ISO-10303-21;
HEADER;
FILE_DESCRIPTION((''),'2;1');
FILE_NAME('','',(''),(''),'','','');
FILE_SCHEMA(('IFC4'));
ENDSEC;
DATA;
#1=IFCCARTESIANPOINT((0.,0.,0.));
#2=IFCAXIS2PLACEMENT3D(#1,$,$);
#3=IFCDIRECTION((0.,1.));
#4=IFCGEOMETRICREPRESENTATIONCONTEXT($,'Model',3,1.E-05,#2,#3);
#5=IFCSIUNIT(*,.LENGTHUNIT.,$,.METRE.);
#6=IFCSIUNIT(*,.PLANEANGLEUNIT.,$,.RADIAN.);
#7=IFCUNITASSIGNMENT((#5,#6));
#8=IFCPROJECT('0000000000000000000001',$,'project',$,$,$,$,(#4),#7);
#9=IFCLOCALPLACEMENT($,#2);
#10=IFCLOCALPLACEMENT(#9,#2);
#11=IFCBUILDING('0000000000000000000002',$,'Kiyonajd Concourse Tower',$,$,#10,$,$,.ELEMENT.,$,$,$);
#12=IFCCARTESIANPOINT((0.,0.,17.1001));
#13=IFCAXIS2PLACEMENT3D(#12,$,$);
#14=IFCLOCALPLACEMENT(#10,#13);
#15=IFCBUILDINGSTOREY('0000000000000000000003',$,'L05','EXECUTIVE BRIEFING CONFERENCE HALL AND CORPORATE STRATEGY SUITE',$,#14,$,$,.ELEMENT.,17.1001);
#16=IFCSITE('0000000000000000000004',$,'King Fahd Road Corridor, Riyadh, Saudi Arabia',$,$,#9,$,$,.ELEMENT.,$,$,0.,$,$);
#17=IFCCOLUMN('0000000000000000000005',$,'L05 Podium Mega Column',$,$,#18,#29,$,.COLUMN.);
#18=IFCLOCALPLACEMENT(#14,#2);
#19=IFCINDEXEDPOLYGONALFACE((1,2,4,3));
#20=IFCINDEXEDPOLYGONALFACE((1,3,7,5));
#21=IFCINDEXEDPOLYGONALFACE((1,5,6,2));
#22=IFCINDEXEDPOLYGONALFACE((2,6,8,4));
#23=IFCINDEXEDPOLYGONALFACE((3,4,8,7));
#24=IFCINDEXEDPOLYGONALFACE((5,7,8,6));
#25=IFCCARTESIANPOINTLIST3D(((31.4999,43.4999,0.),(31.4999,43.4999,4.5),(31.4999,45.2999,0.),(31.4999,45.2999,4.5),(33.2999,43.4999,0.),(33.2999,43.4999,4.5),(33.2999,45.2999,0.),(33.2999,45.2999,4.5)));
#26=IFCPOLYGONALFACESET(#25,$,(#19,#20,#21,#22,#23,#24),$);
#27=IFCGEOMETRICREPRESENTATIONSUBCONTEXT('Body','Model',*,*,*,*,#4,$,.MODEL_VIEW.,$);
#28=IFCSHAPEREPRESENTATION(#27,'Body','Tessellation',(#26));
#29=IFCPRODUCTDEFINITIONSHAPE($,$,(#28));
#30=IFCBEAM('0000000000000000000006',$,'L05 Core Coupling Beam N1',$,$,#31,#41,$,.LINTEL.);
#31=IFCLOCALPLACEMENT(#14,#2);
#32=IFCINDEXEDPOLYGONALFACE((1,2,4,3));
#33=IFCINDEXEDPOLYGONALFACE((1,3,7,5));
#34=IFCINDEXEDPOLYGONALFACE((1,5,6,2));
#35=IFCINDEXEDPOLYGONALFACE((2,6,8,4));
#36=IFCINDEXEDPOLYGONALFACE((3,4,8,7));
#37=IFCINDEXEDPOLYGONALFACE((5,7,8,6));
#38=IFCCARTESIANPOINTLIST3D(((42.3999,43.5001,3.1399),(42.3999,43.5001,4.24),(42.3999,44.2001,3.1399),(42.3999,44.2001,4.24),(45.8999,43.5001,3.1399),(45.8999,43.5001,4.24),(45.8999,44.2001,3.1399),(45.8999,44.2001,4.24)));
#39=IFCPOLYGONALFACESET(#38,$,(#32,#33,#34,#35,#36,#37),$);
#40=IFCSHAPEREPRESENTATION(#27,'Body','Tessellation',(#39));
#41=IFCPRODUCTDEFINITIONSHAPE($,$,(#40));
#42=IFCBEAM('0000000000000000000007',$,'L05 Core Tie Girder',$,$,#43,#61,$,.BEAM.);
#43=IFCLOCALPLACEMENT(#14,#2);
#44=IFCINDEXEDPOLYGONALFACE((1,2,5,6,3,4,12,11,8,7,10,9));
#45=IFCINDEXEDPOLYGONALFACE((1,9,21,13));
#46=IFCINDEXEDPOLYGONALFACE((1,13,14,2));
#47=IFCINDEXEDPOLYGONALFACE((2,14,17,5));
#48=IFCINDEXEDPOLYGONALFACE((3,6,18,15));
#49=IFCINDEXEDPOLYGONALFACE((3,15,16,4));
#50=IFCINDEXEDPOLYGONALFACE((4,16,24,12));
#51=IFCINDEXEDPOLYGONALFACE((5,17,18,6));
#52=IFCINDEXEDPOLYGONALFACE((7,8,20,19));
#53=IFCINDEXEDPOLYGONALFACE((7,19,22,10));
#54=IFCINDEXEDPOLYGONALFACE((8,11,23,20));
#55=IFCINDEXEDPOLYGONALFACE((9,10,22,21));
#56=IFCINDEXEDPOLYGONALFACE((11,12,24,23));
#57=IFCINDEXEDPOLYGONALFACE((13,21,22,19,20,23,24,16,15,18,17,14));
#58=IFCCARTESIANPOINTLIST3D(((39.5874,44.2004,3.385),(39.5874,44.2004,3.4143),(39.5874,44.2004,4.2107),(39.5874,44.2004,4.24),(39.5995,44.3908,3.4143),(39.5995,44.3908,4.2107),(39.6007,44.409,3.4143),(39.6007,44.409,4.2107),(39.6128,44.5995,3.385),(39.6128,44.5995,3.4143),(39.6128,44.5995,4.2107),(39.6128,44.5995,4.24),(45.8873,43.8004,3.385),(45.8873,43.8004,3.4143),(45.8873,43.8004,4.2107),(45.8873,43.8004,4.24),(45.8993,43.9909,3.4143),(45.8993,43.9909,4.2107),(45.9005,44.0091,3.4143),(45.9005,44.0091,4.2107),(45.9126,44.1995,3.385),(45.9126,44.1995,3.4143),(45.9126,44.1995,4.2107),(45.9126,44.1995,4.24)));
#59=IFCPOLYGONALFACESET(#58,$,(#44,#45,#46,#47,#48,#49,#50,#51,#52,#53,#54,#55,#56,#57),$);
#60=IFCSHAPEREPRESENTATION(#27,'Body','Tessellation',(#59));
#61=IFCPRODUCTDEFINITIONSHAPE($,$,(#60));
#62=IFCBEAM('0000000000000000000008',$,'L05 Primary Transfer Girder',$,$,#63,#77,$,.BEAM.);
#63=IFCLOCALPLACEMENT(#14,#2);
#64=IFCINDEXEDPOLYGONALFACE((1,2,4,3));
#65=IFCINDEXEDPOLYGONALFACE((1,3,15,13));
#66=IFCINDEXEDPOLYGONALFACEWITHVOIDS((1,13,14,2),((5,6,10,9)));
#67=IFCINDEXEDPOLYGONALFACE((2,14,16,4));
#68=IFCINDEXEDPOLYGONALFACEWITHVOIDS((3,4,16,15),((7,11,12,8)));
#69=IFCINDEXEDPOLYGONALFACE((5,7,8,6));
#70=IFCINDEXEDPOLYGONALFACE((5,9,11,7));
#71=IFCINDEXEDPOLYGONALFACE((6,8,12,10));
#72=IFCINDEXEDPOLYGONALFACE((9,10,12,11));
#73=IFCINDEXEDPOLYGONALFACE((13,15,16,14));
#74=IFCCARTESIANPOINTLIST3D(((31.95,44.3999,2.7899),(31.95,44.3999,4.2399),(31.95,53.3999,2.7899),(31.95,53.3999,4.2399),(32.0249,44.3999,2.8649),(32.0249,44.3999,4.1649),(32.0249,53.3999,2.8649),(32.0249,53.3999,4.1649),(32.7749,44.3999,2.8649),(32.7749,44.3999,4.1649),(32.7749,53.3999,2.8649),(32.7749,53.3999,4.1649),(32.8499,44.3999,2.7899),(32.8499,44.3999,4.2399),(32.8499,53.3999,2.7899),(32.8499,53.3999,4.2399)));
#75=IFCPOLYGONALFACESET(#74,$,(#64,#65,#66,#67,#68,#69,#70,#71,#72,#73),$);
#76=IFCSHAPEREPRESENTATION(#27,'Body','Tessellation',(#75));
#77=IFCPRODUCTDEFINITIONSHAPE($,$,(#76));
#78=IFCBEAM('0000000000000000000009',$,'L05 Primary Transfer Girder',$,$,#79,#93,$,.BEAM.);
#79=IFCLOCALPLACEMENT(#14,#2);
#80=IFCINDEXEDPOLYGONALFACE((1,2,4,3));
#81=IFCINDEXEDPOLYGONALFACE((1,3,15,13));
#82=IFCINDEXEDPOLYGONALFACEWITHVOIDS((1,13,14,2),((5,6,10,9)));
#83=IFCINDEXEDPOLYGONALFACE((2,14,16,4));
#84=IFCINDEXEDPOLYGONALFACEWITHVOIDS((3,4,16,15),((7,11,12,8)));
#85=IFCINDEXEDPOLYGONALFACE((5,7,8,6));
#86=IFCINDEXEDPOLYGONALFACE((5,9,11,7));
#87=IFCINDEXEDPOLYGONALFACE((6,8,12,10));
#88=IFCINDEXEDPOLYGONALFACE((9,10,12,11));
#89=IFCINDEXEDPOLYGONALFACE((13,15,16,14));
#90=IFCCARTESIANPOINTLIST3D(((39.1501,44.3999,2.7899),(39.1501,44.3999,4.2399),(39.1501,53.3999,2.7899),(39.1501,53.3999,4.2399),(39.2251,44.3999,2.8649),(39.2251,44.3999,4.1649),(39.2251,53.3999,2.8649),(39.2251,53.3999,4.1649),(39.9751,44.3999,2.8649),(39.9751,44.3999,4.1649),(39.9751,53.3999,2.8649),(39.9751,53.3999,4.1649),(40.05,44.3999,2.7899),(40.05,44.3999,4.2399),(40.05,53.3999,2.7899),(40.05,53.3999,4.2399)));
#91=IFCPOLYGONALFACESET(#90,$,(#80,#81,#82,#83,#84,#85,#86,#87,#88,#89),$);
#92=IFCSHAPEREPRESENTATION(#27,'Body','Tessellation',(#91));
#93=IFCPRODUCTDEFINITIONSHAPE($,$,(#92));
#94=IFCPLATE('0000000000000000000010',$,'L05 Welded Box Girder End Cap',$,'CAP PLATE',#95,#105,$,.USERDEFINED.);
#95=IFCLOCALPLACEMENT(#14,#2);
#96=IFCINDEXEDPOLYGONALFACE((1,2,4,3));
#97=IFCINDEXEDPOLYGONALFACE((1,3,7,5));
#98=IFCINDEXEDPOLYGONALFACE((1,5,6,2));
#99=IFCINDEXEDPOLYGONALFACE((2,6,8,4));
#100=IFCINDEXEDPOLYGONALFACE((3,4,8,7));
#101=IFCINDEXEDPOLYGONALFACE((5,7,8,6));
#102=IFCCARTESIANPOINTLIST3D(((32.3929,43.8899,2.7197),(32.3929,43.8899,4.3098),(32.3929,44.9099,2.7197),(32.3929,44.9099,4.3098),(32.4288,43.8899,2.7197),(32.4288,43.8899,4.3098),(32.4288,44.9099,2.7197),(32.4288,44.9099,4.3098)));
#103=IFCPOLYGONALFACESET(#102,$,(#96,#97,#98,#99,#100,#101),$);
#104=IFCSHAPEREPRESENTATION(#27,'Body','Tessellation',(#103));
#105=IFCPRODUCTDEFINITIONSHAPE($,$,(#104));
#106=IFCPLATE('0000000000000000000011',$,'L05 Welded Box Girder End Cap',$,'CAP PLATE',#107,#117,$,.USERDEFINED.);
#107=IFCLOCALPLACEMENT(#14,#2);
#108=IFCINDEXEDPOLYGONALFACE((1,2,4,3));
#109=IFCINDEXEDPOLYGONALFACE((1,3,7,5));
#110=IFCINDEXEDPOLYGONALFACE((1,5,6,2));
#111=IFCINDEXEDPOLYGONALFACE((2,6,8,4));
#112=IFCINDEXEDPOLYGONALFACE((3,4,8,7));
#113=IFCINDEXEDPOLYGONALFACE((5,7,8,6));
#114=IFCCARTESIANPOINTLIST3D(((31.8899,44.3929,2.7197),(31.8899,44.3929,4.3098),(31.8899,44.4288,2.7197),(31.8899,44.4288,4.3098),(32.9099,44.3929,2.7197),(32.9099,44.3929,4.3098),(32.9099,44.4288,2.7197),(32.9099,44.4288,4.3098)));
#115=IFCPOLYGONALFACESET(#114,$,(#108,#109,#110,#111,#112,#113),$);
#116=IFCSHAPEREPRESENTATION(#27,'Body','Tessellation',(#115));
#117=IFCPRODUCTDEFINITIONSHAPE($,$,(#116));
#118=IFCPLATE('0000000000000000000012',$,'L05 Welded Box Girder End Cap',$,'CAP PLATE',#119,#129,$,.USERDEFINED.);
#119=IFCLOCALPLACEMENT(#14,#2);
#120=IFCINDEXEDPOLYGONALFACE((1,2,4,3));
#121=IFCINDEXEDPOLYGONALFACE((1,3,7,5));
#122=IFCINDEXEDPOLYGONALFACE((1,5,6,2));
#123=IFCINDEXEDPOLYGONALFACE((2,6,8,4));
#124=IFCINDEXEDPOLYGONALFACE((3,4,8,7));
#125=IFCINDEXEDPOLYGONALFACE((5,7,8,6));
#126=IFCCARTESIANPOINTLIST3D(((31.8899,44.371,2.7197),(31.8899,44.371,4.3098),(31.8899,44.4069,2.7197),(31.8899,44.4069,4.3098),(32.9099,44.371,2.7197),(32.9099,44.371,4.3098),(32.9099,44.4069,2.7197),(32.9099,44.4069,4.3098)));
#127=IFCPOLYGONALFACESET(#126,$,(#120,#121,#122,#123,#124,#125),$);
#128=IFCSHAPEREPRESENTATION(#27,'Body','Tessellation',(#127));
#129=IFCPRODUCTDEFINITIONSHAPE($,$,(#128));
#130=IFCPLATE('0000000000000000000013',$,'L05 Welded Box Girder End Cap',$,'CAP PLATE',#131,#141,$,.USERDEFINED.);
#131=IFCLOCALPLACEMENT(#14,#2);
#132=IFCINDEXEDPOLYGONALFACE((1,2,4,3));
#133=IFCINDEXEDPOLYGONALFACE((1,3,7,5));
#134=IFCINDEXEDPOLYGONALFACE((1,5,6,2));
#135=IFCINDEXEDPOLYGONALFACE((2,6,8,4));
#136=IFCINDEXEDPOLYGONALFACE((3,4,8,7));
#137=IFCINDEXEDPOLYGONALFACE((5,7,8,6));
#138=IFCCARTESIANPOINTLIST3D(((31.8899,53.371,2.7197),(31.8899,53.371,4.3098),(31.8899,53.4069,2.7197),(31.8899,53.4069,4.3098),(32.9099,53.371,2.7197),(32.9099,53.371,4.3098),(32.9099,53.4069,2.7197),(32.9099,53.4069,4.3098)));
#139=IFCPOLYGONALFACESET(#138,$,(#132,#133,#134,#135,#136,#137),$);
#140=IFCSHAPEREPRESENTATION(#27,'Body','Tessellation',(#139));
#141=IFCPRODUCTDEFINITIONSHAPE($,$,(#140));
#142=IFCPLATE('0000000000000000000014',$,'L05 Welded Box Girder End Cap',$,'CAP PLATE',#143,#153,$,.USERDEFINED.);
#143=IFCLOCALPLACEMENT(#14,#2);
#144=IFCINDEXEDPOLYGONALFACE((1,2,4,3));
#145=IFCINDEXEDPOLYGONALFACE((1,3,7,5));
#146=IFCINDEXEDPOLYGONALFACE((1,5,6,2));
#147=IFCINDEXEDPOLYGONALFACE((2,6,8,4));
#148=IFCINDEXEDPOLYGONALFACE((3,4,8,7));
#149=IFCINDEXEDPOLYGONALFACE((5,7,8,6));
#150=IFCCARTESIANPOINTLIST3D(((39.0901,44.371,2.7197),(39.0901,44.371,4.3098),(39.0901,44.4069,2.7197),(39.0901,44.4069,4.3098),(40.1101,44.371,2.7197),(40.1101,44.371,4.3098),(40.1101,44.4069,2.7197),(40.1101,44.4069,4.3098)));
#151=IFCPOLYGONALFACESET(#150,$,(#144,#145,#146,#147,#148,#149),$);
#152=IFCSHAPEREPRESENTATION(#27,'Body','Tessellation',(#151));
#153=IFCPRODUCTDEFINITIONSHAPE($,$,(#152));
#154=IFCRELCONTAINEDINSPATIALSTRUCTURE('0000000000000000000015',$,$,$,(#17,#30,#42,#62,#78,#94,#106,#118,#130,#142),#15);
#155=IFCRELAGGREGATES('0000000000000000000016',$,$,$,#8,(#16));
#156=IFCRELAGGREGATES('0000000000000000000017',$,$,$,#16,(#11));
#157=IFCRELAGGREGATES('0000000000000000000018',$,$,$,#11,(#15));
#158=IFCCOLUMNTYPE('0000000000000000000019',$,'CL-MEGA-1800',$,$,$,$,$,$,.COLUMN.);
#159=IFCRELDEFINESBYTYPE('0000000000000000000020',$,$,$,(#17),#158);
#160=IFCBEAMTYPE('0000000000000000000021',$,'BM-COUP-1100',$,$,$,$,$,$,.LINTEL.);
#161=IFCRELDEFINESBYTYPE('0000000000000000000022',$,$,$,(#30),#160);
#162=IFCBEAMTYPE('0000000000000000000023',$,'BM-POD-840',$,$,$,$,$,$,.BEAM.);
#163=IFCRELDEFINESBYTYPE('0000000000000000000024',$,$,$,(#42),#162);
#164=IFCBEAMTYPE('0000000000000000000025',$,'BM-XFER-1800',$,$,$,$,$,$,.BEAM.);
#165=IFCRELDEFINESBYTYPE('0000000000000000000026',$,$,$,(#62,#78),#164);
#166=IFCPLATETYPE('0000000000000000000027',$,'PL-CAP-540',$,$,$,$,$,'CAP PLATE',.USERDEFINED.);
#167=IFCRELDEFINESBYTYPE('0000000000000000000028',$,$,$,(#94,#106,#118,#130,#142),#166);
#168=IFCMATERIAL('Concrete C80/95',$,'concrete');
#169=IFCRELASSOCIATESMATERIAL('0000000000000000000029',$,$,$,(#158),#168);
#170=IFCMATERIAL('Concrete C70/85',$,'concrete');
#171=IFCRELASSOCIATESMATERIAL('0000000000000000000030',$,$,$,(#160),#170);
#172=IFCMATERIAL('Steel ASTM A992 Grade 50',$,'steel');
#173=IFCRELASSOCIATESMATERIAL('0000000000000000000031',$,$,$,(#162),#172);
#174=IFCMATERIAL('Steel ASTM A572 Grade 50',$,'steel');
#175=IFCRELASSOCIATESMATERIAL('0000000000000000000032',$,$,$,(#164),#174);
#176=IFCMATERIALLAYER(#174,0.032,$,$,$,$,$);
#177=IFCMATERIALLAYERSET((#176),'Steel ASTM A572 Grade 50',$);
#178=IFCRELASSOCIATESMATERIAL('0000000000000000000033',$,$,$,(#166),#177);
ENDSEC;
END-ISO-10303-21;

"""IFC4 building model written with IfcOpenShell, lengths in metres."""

from ifc_helpers import new_model, si_unit, direction, frame, origin, origin_2d, place, context, subcontext, project, spatial, rectangle, hollow_rectangle, i_section, extrude, material, layer, layer_set, material_profile, profile_set, type_object, element, save


model = new_model("IFC4")

# Units and contexts
model_context = context("Model", 3, precision=1e-05, world=origin(), true_north=direction((0.0, 1.0)))
body_context = subcontext(model_context, "Body", "Model", "MODEL_VIEW")
ifc_project = project(units=[si_unit("LENGTHUNIT", "METRE"), si_unit("PLANEANGLEUNIT", "RADIAN")], contexts=[model_context])

# Site, building, storey
site_placement = place(None, origin())
site = spatial("IfcSite", under=ifc_project, at=site_placement, Name="King Fahd Road Corridor, Riyadh, Saudi Arabia", CompositionType="ELEMENT", RefElevation=0.0)
building_placement = place(site_placement, origin())
building = spatial("IfcBuilding", under=site, at=building_placement, Name="Kiyonajd Concourse Tower", CompositionType="ELEMENT")
storey_placement = place(building_placement, frame((0.0, 0.0, 17.1001)))
storey = spatial("IfcBuildingStorey", under=building, at=storey_placement, Name="L05", Description="EXECUTIVE BRIEFING CONFERENCE HALL AND CORPORATE STRATEGY SUITE", CompositionType="ELEMENT", Elevation=17.1001)

# Column
ifc_material_1 = material(Name="Concrete C80/95", Category="concrete")
ifc_material_profile_1 = material_profile(ifc_material_1, rectangle(XDim=1.8, YDim=1.8, at=origin_2d()), Name="RC-1800x1800")
ifc_profile_set_1 = profile_set([ifc_material_profile_1], Name="Concrete C80/95")
column_type = type_object("IfcColumnType", Name="CL-MEGA-1800", PredefinedType="COLUMN", material=ifc_profile_set_1)
column_placement = place(storey_placement, frame((32.3999, 44.3999, 0.0), z_axis=(0.0, 0.0, 1.0), x_axis=(1.0, 0.0, 0.0)))
element("IfcColumn", 1, at=column_placement, inside=storey, type_object=column_type, Name="L05 Podium Mega Column", PredefinedType="COLUMN", context=body_context, shape_type="SweptSolid", body=[
    extrude(rectangle(XDim=1.8, YDim=1.8, at=origin_2d()), origin(), (0.0, 0.0, 1.0), 4.5),
])

# Beams
ifc_material_2 = material(Name="Concrete C70/85", Category="concrete")
ifc_material_profile_2 = material_profile(ifc_material_2, rectangle(XDim=0.7, YDim=1.1001, at=origin_2d()), Name="RCBM-700x1100")
ifc_profile_set_2 = profile_set([ifc_material_profile_2], Name="Concrete C70/85")
beam_type_1 = type_object("IfcBeamType", Name="BM-COUP-1100", PredefinedType="LINTEL", material=ifc_profile_set_2)
beam_1_placement = place(storey_placement, frame((42.3999, 43.8501, 3.6899), z_axis=(1.0, 0.0, 0.0), x_axis=(0.0, 1.0, 0.0)))
element("IfcBeam", 2, at=beam_1_placement, inside=storey, type_object=beam_type_1, Name="L05 Core Coupling Beam N1", PredefinedType="LINTEL", context=body_context, shape_type="SweptSolid", body=[
    extrude(rectangle(XDim=0.7, YDim=1.1001, at=origin_2d()), origin(), (0.0, 0.0, 1.0), 3.5),
])
ifc_material_3 = material(Name="Steel ASTM A992 Grade 50", Category="steel")
ifc_material_profile_3 = material_profile(ifc_material_3, i_section(OverallWidth=0.3999, OverallDepth=0.855, WebThickness=0.0183, FlangeThickness=0.0293, at=origin_2d()), Name="W840X299")
ifc_profile_set_3 = profile_set([ifc_material_profile_3], Name="Steel ASTM A992 Grade 50")
beam_type_2 = type_object("IfcBeamType", Name="BM-POD-840", PredefinedType="BEAM", material=ifc_profile_set_3)
beam_2_placement = place(storey_placement, frame((39.6001, 44.3999, 3.8125), z_axis=(0.997991, -0.063351, 0.0), x_axis=(0.063351, 0.997991, 0.0)))
element("IfcBeam", 3, at=beam_2_placement, inside=storey, type_object=beam_type_2, Name="L05 Core Tie Girder", PredefinedType="BEAM", context=body_context, shape_type="SweptSolid", body=[
    extrude(i_section(OverallWidth=0.3999, OverallDepth=0.855, WebThickness=0.0183, FlangeThickness=0.0293, at=origin_2d()), origin(), (0.0, 0.0, 1.0), 6.3125),
])
ifc_material_4 = material(Name="Steel ASTM A572 Grade 50", Category="steel")
ifc_material_profile_4 = material_profile(ifc_material_4, hollow_rectangle(XDim=0.8999, YDim=1.45, WallThickness=0.075, at=origin_2d()), Name="BOX-1450x900x75")
ifc_profile_set_4 = profile_set([ifc_material_profile_4], Name="Steel ASTM A572 Grade 50")
beam_type_3 = type_object("IfcBeamType", Name="BM-XFER-1800", PredefinedType="BEAM", material=ifc_profile_set_4)
for number, where, z_axis, x_axis, name in (
    (4, (32.3999, 44.3999, 3.5149), (0.0, 1.0, 0.0), (-1.0, 0.0, 0.0), "L05 Primary Transfer Girder"),
    (5, (39.6001, 44.3999, 3.5149), (0.0, 1.0, 0.0), (-1.0, 0.0, 0.0), "L05 Primary Transfer Girder"),
):
    element("IfcBeam", number, at=place(storey_placement, frame(where, z_axis=z_axis, x_axis=x_axis)), inside=storey, type_object=beam_type_3, Name=name, PredefinedType="BEAM", context=body_context, shape_type="SweptSolid", body=[
        extrude(hollow_rectangle(XDim=0.8999, YDim=1.45, WallThickness=0.075, at=origin_2d()), origin(), (0.0, 0.0, 1.0), 9.0),
    ])

# Plates
ifc_layer_1 = layer(ifc_material_4, 0.032)
ifc_layer_set_1 = layer_set([ifc_layer_1], Name="Steel ASTM A572 Grade 50")
plate_type = type_object("IfcPlateType", Name="PL-CAP-540", ElementType="CAP PLATE", PredefinedType="USERDEFINED", material=ifc_layer_set_1)
for number, where, z_axis, x_axis, name in (
    (6, (32.4109, 44.3999, 2.7197), (0.0, 0.0, 1.0), (1.0, 0.0, 0.0), "L05 Welded Box Girder End Cap"),
    (7, (32.3999, 44.4109, 2.7197), (0.0, 0.0, 1.0), (0.0, 1.0, 0.0), "L05 Welded Box Girder End Cap"),
    (8, (32.3999, 44.3889, 2.7197), (0.0, 0.0, 1.0), (0.0, -1.0, 0.0), "L05 Welded Box Girder End Cap"),
    (9, (32.3999, 53.3889, 2.7197), (0.0, 0.0, 1.0), (0.0, -1.0, 0.0), "L05 Welded Box Girder End Cap"),
    (10, (39.6001, 44.3889, 2.7197), (0.0, 0.0, 1.0), (0.0, -1.0, 0.0), "L05 Welded Box Girder End Cap"),
):
    element("IfcPlate", number, at=place(storey_placement, frame(where, z_axis=z_axis, x_axis=x_axis)), inside=storey, type_object=plate_type, Name=name, ObjectType="CAP PLATE", PredefinedType="USERDEFINED", context=body_context, shape_type="SweptSolid", body=[
        extrude(rectangle(XDim=0.0359, YDim=1.02, at=origin_2d()), origin(), (0.0, 0.0, 1.0), 1.5901),
    ])

save(model, "model.ifc")
